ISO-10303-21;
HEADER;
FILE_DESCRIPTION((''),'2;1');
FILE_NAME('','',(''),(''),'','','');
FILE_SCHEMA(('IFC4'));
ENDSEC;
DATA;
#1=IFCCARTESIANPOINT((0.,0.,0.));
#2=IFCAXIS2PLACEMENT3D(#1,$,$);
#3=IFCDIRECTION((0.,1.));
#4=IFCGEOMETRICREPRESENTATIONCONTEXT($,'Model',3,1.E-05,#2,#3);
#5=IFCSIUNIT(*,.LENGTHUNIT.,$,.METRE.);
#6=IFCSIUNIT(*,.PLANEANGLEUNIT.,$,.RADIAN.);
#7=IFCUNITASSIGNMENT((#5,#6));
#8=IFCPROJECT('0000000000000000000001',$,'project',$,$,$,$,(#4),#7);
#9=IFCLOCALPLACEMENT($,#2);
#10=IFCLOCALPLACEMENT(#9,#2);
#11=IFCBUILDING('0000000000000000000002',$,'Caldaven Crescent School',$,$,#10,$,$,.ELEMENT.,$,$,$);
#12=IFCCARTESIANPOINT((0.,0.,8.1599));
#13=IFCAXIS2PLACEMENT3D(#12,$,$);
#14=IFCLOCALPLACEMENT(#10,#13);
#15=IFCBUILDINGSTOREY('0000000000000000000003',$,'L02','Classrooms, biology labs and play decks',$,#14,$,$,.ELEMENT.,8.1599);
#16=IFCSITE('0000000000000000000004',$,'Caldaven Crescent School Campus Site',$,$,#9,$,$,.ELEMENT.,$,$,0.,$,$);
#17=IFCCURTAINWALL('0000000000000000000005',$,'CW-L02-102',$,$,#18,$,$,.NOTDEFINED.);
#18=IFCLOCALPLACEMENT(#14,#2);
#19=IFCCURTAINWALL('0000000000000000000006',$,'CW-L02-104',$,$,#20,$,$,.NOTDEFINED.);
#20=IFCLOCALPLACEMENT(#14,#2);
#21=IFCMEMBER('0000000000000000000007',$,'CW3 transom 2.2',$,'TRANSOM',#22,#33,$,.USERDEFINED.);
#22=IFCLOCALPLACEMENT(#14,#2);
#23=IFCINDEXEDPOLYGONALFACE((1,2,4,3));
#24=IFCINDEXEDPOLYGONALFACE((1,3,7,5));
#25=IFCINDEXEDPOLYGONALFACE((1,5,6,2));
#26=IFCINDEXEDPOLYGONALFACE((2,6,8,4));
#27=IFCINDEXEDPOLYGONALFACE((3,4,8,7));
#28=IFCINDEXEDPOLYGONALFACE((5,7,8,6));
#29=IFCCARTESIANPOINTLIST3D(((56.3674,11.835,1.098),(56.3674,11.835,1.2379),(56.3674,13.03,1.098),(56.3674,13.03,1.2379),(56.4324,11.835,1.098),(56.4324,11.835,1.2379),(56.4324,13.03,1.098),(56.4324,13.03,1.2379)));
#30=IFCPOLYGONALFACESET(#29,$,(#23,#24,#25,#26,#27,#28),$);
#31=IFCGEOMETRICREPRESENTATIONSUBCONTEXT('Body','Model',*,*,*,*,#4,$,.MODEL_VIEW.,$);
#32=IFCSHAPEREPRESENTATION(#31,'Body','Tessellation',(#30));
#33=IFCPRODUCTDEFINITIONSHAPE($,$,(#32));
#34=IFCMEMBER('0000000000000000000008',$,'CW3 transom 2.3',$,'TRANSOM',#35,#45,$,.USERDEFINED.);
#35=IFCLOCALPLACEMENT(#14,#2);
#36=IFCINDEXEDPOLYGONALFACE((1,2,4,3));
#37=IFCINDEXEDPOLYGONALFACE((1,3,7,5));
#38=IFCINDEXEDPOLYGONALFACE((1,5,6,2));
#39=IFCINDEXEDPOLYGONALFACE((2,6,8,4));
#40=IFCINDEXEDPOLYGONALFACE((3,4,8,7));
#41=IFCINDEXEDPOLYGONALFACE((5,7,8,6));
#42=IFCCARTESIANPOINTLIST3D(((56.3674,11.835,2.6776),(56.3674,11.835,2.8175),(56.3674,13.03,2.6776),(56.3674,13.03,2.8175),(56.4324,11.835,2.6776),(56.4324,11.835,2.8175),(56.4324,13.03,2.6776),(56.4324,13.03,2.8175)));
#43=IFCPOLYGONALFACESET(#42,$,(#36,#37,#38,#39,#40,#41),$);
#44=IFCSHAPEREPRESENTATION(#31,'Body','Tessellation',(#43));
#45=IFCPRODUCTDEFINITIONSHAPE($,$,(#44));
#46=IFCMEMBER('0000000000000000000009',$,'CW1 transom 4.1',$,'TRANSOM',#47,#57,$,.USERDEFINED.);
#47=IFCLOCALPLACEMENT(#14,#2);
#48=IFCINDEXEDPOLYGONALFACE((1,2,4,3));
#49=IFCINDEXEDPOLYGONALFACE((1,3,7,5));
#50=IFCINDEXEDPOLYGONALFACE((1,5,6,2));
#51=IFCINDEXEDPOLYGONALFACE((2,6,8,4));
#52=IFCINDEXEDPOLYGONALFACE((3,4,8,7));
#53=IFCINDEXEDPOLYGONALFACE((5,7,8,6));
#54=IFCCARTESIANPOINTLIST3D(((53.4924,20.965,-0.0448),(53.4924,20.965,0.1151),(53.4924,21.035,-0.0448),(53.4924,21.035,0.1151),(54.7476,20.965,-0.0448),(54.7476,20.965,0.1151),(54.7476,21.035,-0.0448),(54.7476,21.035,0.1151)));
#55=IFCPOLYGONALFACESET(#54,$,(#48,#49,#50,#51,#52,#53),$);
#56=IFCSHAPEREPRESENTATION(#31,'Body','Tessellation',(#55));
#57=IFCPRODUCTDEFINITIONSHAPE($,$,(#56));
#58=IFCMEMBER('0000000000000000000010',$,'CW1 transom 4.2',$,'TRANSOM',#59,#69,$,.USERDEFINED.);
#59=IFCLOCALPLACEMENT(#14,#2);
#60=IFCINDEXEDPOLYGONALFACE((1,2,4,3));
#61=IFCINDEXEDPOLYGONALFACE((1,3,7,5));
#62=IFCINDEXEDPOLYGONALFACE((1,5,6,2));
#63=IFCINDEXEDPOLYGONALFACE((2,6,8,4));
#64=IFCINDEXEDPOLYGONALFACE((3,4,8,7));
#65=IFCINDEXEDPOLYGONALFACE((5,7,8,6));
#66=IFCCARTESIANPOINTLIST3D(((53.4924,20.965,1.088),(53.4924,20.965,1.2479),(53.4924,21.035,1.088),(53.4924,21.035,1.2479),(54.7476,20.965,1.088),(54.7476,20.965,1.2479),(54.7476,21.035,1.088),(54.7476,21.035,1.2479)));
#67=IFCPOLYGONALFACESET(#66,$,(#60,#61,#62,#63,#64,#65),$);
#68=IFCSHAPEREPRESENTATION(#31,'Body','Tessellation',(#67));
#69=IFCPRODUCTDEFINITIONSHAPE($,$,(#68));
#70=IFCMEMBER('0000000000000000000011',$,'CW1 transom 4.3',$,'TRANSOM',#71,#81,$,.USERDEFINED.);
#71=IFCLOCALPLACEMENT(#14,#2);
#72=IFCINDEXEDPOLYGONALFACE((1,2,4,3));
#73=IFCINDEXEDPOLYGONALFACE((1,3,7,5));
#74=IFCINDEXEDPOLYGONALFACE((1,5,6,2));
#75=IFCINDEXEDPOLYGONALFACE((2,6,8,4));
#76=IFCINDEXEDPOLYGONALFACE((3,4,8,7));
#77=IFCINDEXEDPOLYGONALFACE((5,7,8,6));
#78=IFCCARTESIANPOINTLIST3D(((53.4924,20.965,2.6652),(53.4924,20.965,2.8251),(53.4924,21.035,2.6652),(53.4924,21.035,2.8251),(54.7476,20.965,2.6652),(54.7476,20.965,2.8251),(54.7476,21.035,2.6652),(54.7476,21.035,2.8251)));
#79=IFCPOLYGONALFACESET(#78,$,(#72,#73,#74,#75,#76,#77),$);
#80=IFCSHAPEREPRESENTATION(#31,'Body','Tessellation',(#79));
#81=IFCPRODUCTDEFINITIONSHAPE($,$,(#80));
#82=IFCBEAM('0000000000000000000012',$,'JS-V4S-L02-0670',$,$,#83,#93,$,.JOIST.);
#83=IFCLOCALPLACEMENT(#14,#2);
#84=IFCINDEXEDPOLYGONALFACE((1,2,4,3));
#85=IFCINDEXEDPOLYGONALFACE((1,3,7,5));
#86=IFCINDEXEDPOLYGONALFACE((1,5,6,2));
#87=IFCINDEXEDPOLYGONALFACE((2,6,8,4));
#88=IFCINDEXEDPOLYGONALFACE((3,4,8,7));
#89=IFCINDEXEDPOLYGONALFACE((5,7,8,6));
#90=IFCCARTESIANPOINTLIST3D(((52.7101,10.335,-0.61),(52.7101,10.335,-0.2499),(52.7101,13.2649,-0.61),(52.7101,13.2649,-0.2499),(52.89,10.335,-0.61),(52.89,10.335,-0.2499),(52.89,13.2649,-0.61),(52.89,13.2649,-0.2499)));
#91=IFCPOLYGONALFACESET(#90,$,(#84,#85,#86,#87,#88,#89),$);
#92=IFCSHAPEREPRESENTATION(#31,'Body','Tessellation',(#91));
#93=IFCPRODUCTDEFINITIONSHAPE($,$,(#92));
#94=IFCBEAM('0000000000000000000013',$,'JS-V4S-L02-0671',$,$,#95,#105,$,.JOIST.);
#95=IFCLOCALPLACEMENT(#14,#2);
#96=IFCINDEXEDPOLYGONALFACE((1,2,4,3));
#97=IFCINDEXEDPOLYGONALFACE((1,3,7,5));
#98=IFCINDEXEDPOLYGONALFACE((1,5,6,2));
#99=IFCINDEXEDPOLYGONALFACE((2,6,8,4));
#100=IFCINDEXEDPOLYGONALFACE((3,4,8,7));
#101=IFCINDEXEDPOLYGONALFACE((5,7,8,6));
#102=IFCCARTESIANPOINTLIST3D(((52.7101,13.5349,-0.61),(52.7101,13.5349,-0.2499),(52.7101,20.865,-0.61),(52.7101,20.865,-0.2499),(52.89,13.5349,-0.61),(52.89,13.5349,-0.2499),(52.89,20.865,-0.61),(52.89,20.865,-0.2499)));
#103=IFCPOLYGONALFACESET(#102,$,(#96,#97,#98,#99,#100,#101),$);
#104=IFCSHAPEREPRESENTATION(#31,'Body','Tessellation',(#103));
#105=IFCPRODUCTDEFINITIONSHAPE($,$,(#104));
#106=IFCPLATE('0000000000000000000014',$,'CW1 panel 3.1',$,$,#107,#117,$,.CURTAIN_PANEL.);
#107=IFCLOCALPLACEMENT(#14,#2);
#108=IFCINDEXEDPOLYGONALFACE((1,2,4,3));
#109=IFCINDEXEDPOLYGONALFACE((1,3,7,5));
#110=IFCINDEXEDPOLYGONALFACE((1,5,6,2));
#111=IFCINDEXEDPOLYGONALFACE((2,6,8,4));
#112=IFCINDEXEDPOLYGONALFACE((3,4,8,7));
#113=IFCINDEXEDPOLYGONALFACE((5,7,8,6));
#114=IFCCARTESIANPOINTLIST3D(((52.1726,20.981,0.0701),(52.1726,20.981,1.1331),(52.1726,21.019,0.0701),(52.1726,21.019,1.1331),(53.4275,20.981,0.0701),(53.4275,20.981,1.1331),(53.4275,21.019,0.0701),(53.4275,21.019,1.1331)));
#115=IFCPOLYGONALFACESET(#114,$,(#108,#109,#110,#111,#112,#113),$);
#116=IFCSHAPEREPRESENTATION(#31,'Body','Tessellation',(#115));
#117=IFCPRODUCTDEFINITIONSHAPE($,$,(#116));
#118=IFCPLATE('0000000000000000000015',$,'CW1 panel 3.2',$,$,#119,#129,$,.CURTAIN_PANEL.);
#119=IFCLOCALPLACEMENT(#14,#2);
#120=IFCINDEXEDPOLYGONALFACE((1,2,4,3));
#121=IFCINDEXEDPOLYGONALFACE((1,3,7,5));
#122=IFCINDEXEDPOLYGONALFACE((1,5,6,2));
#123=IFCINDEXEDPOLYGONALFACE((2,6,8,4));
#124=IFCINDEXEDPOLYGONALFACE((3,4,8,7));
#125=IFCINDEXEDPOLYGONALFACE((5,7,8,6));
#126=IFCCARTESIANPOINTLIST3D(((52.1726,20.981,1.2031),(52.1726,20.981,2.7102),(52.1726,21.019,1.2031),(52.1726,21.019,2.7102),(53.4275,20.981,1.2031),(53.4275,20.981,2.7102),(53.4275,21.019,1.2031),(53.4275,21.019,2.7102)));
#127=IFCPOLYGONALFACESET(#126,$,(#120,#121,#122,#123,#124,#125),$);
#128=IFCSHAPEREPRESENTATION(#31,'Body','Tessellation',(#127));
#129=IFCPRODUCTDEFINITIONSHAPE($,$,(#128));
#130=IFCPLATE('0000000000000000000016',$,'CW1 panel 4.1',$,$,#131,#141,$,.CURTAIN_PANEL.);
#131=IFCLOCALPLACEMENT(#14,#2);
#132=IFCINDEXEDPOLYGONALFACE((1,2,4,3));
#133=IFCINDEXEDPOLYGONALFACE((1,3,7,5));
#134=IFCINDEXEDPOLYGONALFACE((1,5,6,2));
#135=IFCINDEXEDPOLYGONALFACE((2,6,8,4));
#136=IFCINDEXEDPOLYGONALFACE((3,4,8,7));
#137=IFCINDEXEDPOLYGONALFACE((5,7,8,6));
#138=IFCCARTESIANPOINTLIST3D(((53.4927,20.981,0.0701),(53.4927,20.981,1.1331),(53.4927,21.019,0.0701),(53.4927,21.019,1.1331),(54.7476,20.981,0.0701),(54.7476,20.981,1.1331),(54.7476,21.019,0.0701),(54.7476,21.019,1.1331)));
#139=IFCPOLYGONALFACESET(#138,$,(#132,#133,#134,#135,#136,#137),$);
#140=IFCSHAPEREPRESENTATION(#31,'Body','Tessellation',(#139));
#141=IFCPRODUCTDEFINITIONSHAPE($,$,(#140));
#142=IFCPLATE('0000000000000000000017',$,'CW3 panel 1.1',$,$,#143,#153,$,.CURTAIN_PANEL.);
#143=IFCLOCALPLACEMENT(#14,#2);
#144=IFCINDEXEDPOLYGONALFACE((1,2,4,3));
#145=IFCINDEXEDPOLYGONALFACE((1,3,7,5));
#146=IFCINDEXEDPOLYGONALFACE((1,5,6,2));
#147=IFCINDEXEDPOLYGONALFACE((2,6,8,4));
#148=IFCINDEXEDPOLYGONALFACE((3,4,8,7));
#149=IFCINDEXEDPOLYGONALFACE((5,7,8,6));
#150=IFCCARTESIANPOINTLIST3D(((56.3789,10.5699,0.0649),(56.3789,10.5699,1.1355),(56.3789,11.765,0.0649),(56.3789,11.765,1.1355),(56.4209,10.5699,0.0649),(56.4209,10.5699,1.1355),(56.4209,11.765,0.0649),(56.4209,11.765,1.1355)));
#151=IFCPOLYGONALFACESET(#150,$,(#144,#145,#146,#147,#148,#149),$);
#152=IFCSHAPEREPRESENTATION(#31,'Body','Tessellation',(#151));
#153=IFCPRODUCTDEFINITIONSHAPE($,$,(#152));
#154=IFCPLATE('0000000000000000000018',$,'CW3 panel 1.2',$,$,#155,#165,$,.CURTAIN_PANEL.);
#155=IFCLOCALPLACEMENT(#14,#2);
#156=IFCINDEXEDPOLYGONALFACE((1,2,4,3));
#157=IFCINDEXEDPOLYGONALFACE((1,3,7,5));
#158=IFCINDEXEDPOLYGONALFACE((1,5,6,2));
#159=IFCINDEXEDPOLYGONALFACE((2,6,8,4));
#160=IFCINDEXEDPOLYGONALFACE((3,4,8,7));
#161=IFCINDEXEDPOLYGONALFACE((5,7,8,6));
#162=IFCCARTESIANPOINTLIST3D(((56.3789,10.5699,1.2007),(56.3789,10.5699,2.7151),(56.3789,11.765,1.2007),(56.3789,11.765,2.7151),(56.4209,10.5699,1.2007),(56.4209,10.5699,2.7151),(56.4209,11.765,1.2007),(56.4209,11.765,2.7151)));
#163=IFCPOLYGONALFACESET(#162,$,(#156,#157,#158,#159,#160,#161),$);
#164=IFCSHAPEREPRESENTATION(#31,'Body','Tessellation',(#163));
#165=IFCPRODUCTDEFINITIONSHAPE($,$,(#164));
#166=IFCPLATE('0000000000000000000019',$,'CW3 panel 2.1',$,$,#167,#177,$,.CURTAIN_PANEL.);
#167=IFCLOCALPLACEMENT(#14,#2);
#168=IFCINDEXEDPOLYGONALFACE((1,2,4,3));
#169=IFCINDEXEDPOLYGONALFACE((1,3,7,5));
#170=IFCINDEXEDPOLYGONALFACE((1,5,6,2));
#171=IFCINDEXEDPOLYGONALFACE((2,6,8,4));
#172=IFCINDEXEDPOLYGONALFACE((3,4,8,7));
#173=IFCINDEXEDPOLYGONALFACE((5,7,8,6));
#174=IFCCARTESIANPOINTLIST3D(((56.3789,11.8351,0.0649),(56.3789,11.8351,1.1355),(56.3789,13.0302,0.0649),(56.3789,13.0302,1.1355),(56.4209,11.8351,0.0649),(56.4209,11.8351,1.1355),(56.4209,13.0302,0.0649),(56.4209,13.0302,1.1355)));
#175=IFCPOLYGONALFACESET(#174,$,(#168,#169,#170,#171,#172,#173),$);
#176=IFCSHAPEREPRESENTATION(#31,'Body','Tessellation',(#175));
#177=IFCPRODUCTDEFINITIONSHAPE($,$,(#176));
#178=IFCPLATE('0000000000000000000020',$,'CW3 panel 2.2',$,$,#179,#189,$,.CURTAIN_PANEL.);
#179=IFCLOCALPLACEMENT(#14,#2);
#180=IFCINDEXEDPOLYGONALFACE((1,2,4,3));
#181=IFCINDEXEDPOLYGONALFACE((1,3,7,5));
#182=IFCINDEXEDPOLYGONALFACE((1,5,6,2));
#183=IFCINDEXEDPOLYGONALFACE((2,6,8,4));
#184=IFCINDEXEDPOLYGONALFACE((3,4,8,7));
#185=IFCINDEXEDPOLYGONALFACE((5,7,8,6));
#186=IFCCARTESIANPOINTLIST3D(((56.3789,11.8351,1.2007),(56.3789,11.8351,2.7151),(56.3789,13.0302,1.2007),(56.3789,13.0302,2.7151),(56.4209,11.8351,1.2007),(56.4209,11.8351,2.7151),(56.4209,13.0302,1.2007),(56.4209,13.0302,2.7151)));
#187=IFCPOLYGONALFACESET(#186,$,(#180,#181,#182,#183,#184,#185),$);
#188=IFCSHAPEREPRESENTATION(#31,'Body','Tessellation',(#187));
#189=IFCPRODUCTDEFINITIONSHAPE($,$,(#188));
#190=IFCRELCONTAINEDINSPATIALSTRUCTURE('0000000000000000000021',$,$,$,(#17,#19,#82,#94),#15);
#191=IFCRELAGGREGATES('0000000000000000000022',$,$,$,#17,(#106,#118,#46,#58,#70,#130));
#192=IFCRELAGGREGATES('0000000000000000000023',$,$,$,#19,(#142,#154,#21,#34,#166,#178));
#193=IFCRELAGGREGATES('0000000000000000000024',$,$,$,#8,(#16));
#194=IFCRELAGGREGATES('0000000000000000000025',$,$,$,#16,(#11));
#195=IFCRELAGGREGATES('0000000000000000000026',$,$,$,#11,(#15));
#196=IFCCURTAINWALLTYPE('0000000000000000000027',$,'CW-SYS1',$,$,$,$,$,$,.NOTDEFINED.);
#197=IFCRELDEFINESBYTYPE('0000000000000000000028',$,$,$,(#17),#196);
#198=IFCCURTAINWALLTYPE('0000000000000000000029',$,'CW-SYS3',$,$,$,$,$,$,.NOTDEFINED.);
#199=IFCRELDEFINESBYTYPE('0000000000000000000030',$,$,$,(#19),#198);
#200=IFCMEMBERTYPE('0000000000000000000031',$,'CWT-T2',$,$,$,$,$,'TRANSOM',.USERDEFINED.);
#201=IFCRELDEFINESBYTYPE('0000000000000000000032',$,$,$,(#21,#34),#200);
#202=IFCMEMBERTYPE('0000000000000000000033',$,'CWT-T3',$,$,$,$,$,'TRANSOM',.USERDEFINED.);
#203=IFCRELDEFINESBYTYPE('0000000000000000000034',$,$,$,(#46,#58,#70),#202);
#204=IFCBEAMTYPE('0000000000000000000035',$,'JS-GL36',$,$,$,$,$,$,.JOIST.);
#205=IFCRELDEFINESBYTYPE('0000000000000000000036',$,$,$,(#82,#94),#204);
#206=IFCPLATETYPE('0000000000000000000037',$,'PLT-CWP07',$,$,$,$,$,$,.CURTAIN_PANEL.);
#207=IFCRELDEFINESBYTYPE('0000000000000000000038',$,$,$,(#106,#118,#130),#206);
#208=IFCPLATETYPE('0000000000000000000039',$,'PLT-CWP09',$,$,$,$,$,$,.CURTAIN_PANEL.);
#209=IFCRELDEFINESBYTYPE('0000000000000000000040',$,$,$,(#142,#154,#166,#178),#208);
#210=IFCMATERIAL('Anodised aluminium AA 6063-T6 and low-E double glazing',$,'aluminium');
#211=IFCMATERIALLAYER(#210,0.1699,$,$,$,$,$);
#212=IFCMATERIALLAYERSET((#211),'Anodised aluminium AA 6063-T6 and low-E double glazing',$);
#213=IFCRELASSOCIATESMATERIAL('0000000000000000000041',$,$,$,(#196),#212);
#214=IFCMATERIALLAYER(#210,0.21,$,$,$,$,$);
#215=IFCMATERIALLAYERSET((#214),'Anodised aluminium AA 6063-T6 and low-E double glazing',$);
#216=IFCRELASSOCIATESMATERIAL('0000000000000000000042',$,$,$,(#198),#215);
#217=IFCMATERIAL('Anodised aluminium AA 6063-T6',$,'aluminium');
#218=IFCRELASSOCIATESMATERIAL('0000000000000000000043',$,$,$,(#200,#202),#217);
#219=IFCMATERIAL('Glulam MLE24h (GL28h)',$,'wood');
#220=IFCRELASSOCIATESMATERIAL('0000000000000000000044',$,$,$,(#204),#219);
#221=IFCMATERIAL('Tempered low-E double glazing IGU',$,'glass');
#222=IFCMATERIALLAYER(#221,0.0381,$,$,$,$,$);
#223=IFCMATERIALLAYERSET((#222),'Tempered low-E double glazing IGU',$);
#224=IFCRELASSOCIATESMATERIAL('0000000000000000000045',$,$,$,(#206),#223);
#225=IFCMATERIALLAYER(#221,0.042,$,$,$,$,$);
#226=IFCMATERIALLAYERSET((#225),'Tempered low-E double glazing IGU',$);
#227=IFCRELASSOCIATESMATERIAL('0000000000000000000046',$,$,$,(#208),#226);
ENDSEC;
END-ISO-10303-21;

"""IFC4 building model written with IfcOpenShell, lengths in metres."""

from ifc_helpers import new_model, si_unit, direction, frame, origin, origin_2d, place, context, subcontext, project, spatial, rectangle, extrude, material, layer, layer_set, material_profile, profile_set, type_object, element, aggregate, save


model = new_model("IFC4")

# Units and contexts
model_context = context("Model", 3, precision=1e-05, world=origin(), true_north=direction((0.0, 1.0)))
body_context = subcontext(model_context, "Body", "Model", "MODEL_VIEW")
ifc_project = project(units=[si_unit("LENGTHUNIT", "METRE"), si_unit("PLANEANGLEUNIT", "RADIAN")], contexts=[model_context])

# Site, building, storey
site_placement = place(None, origin())
site = spatial("IfcSite", under=ifc_project, at=site_placement, Name="Caldaven Crescent School Campus Site", CompositionType="ELEMENT", RefElevation=0.0)
building_placement = place(site_placement, origin())
building = spatial("IfcBuilding", under=site, at=building_placement, Name="Caldaven Crescent School", CompositionType="ELEMENT")
storey_placement = place(building_placement, frame((0.0, 0.0, 8.1599)))
storey = spatial("IfcBuildingStorey", under=building, at=storey_placement, Name="L02", Description="Classrooms, biology labs and play decks", CompositionType="ELEMENT", Elevation=8.1599)

# Shared definitions
ifc_material_1 = material(Name="Glulam MLE24h (GL28h)", Category="wood")

# Curtain wall
ifc_material_2 = material(Name="Anodised aluminium AA 6063-T6 and low-E double glazing", Category="aluminium")
ifc_layer_1 = layer(ifc_material_2, 0.1699)
ifc_layer_set_1 = layer_set([ifc_layer_1], Name="Anodised aluminium AA 6063-T6 and low-E double glazing")
curtain_wall_type_1 = type_object("IfcCurtainWallType", Name="CW-SYS1", PredefinedType="NOTDEFINED", material=ifc_layer_set_1)
curtain_wall_1_placement = place(storey_placement, origin())
curtain_wall_1 = element("IfcCurtainWall", 1, at=curtain_wall_1_placement, inside=storey, type_object=curtain_wall_type_1, Name="CW-L02-102", PredefinedType="NOTDEFINED")
ifc_material_3 = material(Name="Anodised aluminium AA 6063-T6", Category="aluminium")

# Curtain wall, members
ifc_layer_2 = layer(ifc_material_2, 0.21)
ifc_layer_set_2 = layer_set([ifc_layer_2], Name="Anodised aluminium AA 6063-T6 and low-E double glazing")
curtain_wall_type_2 = type_object("IfcCurtainWallType", Name="CW-SYS3", PredefinedType="NOTDEFINED", material=ifc_layer_set_2)
curtain_wall_2_placement = place(storey_placement, origin())
curtain_wall_2 = element("IfcCurtainWall", 2, at=curtain_wall_2_placement, inside=storey, type_object=curtain_wall_type_2, Name="CW-L02-104", PredefinedType="NOTDEFINED")
ifc_material_profile_1 = material_profile(ifc_material_3, rectangle(XDim=0.0649, YDim=0.1399, at=origin_2d()), Name="CWT 65x140")
ifc_profile_set_1 = profile_set([ifc_material_profile_1], Name="Anodised aluminium AA 6063-T6")
member_type_1 = type_object("IfcMemberType", Name="CWT-T2", ElementType="TRANSOM", PredefinedType="USERDEFINED", material=ifc_profile_set_1)
member_1_placement = place(storey_placement, frame((56.3999, 11.835, 1.168), z_axis=(0.0, 1.0, 0.0), x_axis=(-1.0, 0.0, 0.0)))
member_1 = element("IfcMember", 3, at=member_1_placement, type_object=member_type_1, Name="CW3 transom 2.2", ObjectType="TRANSOM", PredefinedType="USERDEFINED", context=body_context, shape_type="SweptSolid", body=[
    extrude(rectangle(XDim=0.0649, YDim=0.1399, at=origin_2d()), origin(), (0.0, 0.0, 1.0), 1.1951),
])
member_2_placement = place(storey_placement, frame((56.3999, 11.835, 2.7476), z_axis=(0.0, 1.0, 0.0), x_axis=(-1.0, 0.0, 0.0)))
member_2 = element("IfcMember", 4, at=member_2_placement, type_object=member_type_1, Name="CW3 transom 2.3", ObjectType="TRANSOM", PredefinedType="USERDEFINED", context=body_context, shape_type="SweptSolid", body=[
    extrude(rectangle(XDim=0.0649, YDim=0.1399, at=origin_2d()), origin(), (0.0, 0.0, 1.0), 1.1951),
])

# Members
ifc_material_profile_2 = material_profile(ifc_material_3, rectangle(XDim=0.0701, YDim=0.1599, at=origin_2d()), Name="CWT 70x160")
ifc_profile_set_2 = profile_set([ifc_material_profile_2], Name="Anodised aluminium AA 6063-T6")
member_type_2 = type_object("IfcMemberType", Name="CWT-T3", ElementType="TRANSOM", PredefinedType="USERDEFINED", material=ifc_profile_set_2)
member_3_placement = place(storey_placement, frame((53.4924, 21.0, 0.0352), z_axis=(1.0, 0.0, 0.0), x_axis=(0.0, 1.0, 0.0)))
member_3 = element("IfcMember", 5, at=member_3_placement, type_object=member_type_2, Name="CW1 transom 4.1", ObjectType="TRANSOM", PredefinedType="USERDEFINED", context=body_context, shape_type="SweptSolid", body=[
    extrude(rectangle(XDim=0.0701, YDim=0.1599, at=origin_2d()), origin(), (0.0, 0.0, 1.0), 1.2551),
])
member_4_placement = place(storey_placement, frame((53.4924, 21.0, 1.168), z_axis=(1.0, 0.0, 0.0), x_axis=(0.0, 1.0, 0.0)))
member_4 = element("IfcMember", 6, at=member_4_placement, type_object=member_type_2, Name="CW1 transom 4.2", ObjectType="TRANSOM", PredefinedType="USERDEFINED", context=body_context, shape_type="SweptSolid", body=[
    extrude(rectangle(XDim=0.0701, YDim=0.1599, at=origin_2d()), origin(), (0.0, 0.0, 1.0), 1.2551),
])
member_5_placement = place(storey_placement, frame((53.4924, 21.0, 2.7451), z_axis=(1.0, 0.0, 0.0), x_axis=(0.0, 1.0, 0.0)))
member_5 = element("IfcMember", 7, at=member_5_placement, type_object=member_type_2, Name="CW1 transom 4.3", ObjectType="TRANSOM", PredefinedType="USERDEFINED", context=body_context, shape_type="SweptSolid", body=[
    extrude(rectangle(XDim=0.0701, YDim=0.1599, at=origin_2d()), origin(), (0.0, 0.0, 1.0), 1.2551),
])

# Beams
ifc_material_profile_3 = material_profile(ifc_material_1, rectangle(XDim=0.1799, YDim=0.3601, at=origin_2d()), Name="MLE 180x360")
ifc_profile_set_3 = profile_set([ifc_material_profile_3], Name="Glulam MLE24h (GL28h)")
beam_type_1 = type_object("IfcBeamType", Name="JS-GL36", PredefinedType="JOIST", material=ifc_profile_set_3)
beam_1_placement = place(storey_placement, frame((52.8, 10.335, -0.4299), z_axis=(0.0, 1.0, 0.0), x_axis=(-1.0, 0.0, 0.0)))
element("IfcBeam", 8, at=beam_1_placement, inside=storey, type_object=beam_type_1, Name="JS-V4S-L02-0670", PredefinedType="JOIST", context=body_context, shape_type="SweptSolid", body=[
    extrude(rectangle(XDim=0.1799, YDim=0.3601, at=origin_2d()), origin(), (0.0, 0.0, 1.0), 2.9299),
])
beam_2_placement = place(storey_placement, frame((52.8, 13.5349, -0.4299), z_axis=(0.0, 1.0, 0.0), x_axis=(-1.0, 0.0, 0.0)))
element("IfcBeam", 9, at=beam_2_placement, inside=storey, type_object=beam_type_1, Name="JS-V4S-L02-0671", PredefinedType="JOIST", context=body_context, shape_type="SweptSolid", body=[
    extrude(rectangle(XDim=0.1799, YDim=0.3601, at=origin_2d()), origin(), (0.0, 0.0, 1.0), 7.3301),
])

# Plates
ifc_material_4 = material(Name="Tempered low-E double glazing IGU", Category="glass")
ifc_layer_3 = layer(ifc_material_4, 0.0381)
ifc_layer_set_3 = layer_set([ifc_layer_3], Name="Tempered low-E double glazing IGU")
plate_type_1 = type_object("IfcPlateType", Name="PLT-CWP07", PredefinedType="CURTAIN_PANEL", material=ifc_layer_set_3)
plate_1_placement = place(storey_placement, frame((52.8, 21.0, 0.0701), z_axis=(0.0, 0.0, 1.0), x_axis=(1.0, 0.0, 0.0)))
plate_1 = element("IfcPlate", 10, at=plate_1_placement, type_object=plate_type_1, Name="CW1 panel 3.1", PredefinedType="CURTAIN_PANEL", context=body_context, shape_type="SweptSolid", body=[
    extrude(rectangle(XDim=1.2549, YDim=0.0381, at=origin_2d()), origin(), (0.0, 0.0, 1.0), 1.063),
])
plate_2_placement = place(storey_placement, frame((52.8, 21.0, 1.2031), z_axis=(0.0, 0.0, 1.0), x_axis=(1.0, 0.0, 0.0)))
plate_2 = element("IfcPlate", 11, at=plate_2_placement, type_object=plate_type_1, Name="CW1 panel 3.2", PredefinedType="CURTAIN_PANEL", context=body_context, shape_type="SweptSolid", body=[
    extrude(rectangle(XDim=1.2549, YDim=0.0381, at=origin_2d()), origin(), (0.0, 0.0, 1.0), 1.5071),
])
plate_3_placement = place(storey_placement, frame((54.1201, 21.0, 0.0701), z_axis=(0.0, 0.0, 1.0), x_axis=(1.0, 0.0, 0.0)))
plate_3 = element("IfcPlate", 12, at=plate_3_placement, type_object=plate_type_1, Name="CW1 panel 4.1", PredefinedType="CURTAIN_PANEL", context=body_context, shape_type="SweptSolid", body=[
    extrude(rectangle(XDim=1.2549, YDim=0.0381, at=origin_2d()), origin(), (0.0, 0.0, 1.0), 1.063),
])
aggregate(curtain_wall_1, [plate_1, plate_2, member_3, member_4, member_5, plate_3])
ifc_layer_4 = layer(ifc_material_4, 0.042)
ifc_layer_set_4 = layer_set([ifc_layer_4], Name="Tempered low-E double glazing IGU")
plate_type_2 = type_object("IfcPlateType", Name="PLT-CWP09", PredefinedType="CURTAIN_PANEL", material=ifc_layer_set_4)
plate_4_placement = place(storey_placement, frame((56.3999, 11.1675, 0.0649), z_axis=(0.0, 0.0, 1.0), x_axis=(0.0, 1.0, 0.0)))
plate_4 = element("IfcPlate", 13, at=plate_4_placement, type_object=plate_type_2, Name="CW3 panel 1.1", PredefinedType="CURTAIN_PANEL", context=body_context, shape_type="SweptSolid", body=[
    extrude(rectangle(XDim=1.1951, YDim=0.042, at=origin_2d()), origin(), (0.0, 0.0, 1.0), 1.0706),
])
plate_5_placement = place(storey_placement, frame((56.3999, 11.1675, 1.2007), z_axis=(0.0, 0.0, 1.0), x_axis=(0.0, 1.0, 0.0)))
plate_5 = element("IfcPlate", 14, at=plate_5_placement, type_object=plate_type_2, Name="CW3 panel 1.2", PredefinedType="CURTAIN_PANEL", context=body_context, shape_type="SweptSolid", body=[
    extrude(rectangle(XDim=1.1951, YDim=0.042, at=origin_2d()), origin(), (0.0, 0.0, 1.0), 1.5144),
])
plate_6_placement = place(storey_placement, frame((56.3999, 12.4326, 0.0649), z_axis=(0.0, 0.0, 1.0), x_axis=(0.0, 1.0, 0.0)))
plate_6 = element("IfcPlate", 15, at=plate_6_placement, type_object=plate_type_2, Name="CW3 panel 2.1", PredefinedType="CURTAIN_PANEL", context=body_context, shape_type="SweptSolid", body=[
    extrude(rectangle(XDim=1.1951, YDim=0.042, at=origin_2d()), origin(), (0.0, 0.0, 1.0), 1.0706),
])
plate_7_placement = place(storey_placement, frame((56.3999, 12.4326, 1.2007), z_axis=(0.0, 0.0, 1.0), x_axis=(0.0, 1.0, 0.0)))
plate_7 = element("IfcPlate", 16, at=plate_7_placement, type_object=plate_type_2, Name="CW3 panel 2.2", PredefinedType="CURTAIN_PANEL", context=body_context, shape_type="SweptSolid", body=[
    extrude(rectangle(XDim=1.1951, YDim=0.042, at=origin_2d()), origin(), (0.0, 0.0, 1.0), 1.5144),
])
aggregate(curtain_wall_2, [plate_4, plate_5, member_1, member_2, plate_6, plate_7])

save(model, "model.ifc")
